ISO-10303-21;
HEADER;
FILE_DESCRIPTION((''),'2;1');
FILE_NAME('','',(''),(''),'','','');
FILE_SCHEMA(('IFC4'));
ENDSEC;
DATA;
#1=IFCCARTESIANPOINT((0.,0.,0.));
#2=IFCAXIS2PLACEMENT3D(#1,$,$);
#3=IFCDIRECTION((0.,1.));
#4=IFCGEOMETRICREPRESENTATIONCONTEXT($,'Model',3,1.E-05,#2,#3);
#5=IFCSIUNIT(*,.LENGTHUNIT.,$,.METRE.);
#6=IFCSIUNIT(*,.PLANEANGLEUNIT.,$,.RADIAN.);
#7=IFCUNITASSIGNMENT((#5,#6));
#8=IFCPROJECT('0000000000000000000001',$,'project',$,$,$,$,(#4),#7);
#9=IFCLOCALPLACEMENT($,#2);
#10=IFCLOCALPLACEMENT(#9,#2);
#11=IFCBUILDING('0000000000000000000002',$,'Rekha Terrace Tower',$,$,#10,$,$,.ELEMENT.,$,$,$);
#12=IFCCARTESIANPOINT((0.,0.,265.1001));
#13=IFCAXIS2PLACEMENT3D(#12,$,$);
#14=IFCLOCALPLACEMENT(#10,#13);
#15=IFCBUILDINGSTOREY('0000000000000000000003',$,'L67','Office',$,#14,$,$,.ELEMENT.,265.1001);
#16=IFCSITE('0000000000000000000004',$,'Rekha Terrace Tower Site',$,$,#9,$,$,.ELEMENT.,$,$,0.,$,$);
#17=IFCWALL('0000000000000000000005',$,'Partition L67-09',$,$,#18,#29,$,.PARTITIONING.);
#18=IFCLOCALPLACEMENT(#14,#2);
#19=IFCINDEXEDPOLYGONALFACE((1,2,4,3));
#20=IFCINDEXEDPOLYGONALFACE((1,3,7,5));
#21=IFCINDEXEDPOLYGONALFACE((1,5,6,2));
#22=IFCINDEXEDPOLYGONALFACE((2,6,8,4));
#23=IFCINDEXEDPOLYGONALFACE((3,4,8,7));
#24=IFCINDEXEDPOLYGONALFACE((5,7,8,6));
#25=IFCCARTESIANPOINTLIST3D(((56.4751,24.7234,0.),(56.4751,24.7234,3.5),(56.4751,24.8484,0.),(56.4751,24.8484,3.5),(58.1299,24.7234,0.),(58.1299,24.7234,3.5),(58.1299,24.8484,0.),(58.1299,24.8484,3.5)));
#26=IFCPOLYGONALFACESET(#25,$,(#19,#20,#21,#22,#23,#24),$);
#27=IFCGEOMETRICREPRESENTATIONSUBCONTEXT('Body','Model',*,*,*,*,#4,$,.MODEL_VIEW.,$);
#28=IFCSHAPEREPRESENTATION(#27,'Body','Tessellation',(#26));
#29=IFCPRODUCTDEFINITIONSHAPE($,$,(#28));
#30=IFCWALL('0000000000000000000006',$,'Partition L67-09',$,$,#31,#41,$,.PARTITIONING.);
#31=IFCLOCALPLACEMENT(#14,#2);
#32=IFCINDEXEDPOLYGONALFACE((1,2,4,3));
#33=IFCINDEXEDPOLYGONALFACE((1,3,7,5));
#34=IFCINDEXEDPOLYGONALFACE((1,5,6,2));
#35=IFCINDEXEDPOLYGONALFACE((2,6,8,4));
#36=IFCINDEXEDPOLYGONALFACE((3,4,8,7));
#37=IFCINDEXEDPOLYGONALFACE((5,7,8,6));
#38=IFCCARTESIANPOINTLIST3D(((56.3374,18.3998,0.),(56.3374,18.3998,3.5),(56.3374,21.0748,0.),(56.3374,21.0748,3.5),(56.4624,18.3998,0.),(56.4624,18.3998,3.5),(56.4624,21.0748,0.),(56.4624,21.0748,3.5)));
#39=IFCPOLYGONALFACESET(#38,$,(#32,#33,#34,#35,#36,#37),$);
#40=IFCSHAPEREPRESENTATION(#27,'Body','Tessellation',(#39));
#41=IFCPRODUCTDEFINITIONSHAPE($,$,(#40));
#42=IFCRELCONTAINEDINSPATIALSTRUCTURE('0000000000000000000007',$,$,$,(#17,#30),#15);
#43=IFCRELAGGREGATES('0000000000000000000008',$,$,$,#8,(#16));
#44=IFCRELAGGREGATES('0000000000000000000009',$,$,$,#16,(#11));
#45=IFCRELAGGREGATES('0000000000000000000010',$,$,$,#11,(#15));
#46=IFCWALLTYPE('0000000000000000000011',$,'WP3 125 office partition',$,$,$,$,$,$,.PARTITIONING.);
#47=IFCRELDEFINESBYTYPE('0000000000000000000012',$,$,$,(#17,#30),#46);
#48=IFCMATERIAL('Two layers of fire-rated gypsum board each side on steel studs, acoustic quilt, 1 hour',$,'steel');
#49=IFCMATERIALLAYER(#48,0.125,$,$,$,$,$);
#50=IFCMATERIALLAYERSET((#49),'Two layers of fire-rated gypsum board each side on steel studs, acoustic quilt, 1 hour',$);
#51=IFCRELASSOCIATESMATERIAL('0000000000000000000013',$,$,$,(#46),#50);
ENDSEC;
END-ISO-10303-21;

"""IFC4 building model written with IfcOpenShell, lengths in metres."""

from ifc_helpers import new_model, si_unit, direction, frame, frame_2d, origin, place, context, subcontext, project, spatial, rectangle, extrude, material, layer, layer_set, type_object, element, save


model = new_model("IFC4")

# Units and contexts
model_context = context("Model", 3, precision=1e-05, world=origin(), true_north=direction((0.0, 1.0)))
body_context = subcontext(model_context, "Body", "Model", "MODEL_VIEW")
ifc_project = project(units=[si_unit("LENGTHUNIT", "METRE"), si_unit("PLANEANGLEUNIT", "RADIAN")], contexts=[model_context])

# Site, building, storey
site_placement = place(None, origin())
site = spatial("IfcSite", under=ifc_project, at=site_placement, Name="Rekha Terrace Tower Site", CompositionType="ELEMENT", RefElevation=0.0)
building_placement = place(site_placement, origin())
building = spatial("IfcBuilding", under=site, at=building_placement, Name="Rekha Terrace Tower", CompositionType="ELEMENT")
storey_placement = place(building_placement, frame((0.0, 0.0, 265.1001)))
storey = spatial("IfcBuildingStorey", under=building, at=storey_placement, Name="L67", Description="Office", CompositionType="ELEMENT", Elevation=265.1001)

# Walls
ifc_material_1 = material(Name="Two layers of fire-rated gypsum board each side on steel studs, acoustic quilt, 1 hour", Category="steel")
ifc_layer_1 = layer(ifc_material_1, 0.125)
ifc_layer_set_1 = layer_set([ifc_layer_1], Name="Two layers of fire-rated gypsum board each side on steel studs, acoustic quilt, 1 hour")
wall_type_1 = type_object("IfcWallType", Name="WP3 125 office partition", PredefinedType="PARTITIONING", material=ifc_layer_set_1)
wall_1_placement = place(storey_placement, frame((56.4751, 24.7859, 0.0), z_axis=(0.0, 0.0, 1.0), x_axis=(1.0, 0.0, 0.0)))
element("IfcWall", 1, at=wall_1_placement, inside=storey, type_object=wall_type_1, Name="Partition L67-09", PredefinedType="PARTITIONING", context=body_context, shape_type="SweptSolid", body=[
    extrude(rectangle(XDim=1.6548, YDim=0.125, at=frame_2d((0.8274, 0.0))), origin(), (0.0, 0.0, 1.0), 3.5),
])
wall_2_placement = place(storey_placement, frame((56.3999, 18.3999, 0.0), z_axis=(0.0, 0.0, 1.0), x_axis=(0.0, 1.0, 0.0)))
element("IfcWall", 2, at=wall_2_placement, inside=storey, type_object=wall_type_1, Name="Partition L67-09", PredefinedType="PARTITIONING", context=body_context, shape_type="SweptSolid", body=[
    extrude(rectangle(XDim=2.675, YDim=0.125, at=frame_2d((1.3374, 0.0))), origin(), (0.0, 0.0, 1.0), 3.5),
])

save(model, "model.ifc")
